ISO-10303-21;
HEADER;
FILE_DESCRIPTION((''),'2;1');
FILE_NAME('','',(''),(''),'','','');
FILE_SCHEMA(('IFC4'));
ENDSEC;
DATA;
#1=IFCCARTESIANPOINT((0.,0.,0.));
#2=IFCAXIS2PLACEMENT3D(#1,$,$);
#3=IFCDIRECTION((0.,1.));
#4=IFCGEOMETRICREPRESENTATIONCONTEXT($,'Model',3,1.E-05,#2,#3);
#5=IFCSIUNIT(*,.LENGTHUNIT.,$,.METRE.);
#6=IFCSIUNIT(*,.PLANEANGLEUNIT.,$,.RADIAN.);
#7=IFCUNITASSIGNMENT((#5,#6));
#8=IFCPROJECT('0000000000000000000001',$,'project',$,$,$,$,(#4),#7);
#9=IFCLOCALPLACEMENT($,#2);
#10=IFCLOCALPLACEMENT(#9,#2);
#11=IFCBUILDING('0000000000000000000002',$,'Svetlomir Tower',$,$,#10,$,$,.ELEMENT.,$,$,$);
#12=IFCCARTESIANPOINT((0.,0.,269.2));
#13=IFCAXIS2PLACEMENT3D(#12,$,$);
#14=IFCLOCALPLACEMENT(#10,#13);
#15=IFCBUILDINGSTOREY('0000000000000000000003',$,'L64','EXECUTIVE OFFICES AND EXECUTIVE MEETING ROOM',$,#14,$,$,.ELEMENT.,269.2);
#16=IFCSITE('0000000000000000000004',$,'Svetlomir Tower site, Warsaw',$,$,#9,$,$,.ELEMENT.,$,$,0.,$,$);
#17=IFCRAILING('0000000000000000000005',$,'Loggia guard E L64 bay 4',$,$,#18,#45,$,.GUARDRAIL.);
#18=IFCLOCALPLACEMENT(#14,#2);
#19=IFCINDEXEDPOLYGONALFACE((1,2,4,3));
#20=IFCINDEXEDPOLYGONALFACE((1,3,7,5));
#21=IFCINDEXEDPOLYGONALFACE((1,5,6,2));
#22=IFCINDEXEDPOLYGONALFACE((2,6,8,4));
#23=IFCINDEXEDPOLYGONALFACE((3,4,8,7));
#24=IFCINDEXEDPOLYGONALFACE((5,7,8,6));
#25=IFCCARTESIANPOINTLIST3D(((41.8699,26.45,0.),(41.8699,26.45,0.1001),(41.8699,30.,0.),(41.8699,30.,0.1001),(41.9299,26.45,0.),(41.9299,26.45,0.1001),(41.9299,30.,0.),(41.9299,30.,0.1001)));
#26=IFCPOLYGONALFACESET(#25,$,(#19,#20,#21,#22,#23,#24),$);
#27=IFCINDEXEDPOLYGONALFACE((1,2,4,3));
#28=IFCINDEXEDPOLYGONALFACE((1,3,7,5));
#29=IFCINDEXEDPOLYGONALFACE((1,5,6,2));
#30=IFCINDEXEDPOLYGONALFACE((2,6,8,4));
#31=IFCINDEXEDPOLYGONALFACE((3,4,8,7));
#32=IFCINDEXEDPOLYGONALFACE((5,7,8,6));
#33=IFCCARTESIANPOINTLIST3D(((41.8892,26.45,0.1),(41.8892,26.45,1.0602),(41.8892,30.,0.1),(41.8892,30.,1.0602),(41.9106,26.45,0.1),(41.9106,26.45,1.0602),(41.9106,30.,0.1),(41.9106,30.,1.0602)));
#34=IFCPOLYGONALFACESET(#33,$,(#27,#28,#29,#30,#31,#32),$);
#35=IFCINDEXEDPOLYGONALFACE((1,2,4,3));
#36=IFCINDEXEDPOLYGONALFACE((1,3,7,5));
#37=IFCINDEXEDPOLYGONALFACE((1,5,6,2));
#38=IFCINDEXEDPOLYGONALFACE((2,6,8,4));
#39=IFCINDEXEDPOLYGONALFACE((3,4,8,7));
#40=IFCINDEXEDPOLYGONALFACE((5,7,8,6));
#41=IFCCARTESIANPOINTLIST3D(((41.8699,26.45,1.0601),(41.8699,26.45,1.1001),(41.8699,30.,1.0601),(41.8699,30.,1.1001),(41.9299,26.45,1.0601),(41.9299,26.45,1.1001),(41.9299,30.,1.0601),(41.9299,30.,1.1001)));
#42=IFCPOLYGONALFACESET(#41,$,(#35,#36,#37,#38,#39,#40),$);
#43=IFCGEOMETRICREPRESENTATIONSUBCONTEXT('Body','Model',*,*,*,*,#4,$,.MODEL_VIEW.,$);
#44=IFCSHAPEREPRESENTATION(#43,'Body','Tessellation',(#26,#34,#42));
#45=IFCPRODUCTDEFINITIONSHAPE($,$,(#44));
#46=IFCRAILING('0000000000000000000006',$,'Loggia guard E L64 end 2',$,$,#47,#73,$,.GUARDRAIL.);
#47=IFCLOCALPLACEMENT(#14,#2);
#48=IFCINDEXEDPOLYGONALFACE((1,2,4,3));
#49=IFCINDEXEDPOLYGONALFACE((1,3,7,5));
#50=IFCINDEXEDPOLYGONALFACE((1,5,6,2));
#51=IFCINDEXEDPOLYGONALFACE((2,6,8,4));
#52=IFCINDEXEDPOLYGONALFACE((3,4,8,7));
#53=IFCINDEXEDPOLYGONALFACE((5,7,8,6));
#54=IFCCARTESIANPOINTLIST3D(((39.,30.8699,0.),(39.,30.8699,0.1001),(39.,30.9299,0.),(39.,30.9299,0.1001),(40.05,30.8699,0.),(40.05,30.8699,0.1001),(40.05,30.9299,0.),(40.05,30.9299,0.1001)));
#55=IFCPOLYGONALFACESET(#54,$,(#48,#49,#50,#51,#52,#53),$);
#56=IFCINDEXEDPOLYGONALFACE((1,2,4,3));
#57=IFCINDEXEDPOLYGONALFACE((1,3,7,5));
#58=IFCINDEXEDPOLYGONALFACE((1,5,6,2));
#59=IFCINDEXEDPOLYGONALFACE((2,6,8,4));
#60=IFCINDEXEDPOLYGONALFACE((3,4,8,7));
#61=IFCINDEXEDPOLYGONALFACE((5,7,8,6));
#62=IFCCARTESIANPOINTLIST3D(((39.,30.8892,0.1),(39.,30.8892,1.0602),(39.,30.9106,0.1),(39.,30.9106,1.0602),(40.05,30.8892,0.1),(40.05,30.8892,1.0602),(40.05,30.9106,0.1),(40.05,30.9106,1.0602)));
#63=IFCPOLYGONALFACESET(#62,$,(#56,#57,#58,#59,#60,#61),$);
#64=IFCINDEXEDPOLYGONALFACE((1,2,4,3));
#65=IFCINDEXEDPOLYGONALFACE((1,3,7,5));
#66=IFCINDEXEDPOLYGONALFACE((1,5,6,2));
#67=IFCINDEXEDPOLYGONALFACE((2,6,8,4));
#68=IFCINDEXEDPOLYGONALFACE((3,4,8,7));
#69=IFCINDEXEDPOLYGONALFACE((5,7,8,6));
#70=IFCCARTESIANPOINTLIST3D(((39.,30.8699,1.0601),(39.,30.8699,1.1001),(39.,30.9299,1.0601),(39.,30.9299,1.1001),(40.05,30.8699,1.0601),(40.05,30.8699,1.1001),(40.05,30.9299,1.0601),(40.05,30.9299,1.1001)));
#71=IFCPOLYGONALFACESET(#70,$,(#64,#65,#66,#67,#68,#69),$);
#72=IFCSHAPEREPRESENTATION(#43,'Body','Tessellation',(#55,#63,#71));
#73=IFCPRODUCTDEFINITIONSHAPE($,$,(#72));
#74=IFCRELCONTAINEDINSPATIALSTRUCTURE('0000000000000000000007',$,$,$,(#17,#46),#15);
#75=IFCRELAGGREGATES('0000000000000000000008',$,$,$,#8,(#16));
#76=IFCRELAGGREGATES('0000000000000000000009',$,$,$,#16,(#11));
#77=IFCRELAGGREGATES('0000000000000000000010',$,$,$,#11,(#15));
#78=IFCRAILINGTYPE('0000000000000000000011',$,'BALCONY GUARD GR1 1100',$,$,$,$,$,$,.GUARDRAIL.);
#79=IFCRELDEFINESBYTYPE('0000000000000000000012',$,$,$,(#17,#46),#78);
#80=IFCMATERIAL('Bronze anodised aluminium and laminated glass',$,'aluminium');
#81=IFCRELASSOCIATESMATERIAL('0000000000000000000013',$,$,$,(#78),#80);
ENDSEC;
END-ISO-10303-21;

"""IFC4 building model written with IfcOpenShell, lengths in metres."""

from ifc_helpers import new_model, si_unit, direction, frame, origin, origin_2d, place, context, subcontext, project, spatial, rectangle, extrude, material, type_object, element, save


model = new_model("IFC4")

# Units and contexts
model_context = context("Model", 3, precision=1e-05, world=origin(), true_north=direction((0.0, 1.0)))
body_context = subcontext(model_context, "Body", "Model", "MODEL_VIEW")
ifc_project = project(units=[si_unit("LENGTHUNIT", "METRE"), si_unit("PLANEANGLEUNIT", "RADIAN")], contexts=[model_context])

# Site, building, storey
site_placement = place(None, origin())
site = spatial("IfcSite", under=ifc_project, at=site_placement, Name="Svetlomir Tower site, Warsaw", CompositionType="ELEMENT", RefElevation=0.0)
building_placement = place(site_placement, origin())
building = spatial("IfcBuilding", under=site, at=building_placement, Name="Svetlomir Tower", CompositionType="ELEMENT")
storey_placement = place(building_placement, frame((0.0, 0.0, 269.2)))
storey = spatial("IfcBuildingStorey", under=building, at=storey_placement, Name="L64", Description="EXECUTIVE OFFICES AND EXECUTIVE MEETING ROOM", CompositionType="ELEMENT", Elevation=269.2)

# Railings
ifc_material_1 = material(Name="Bronze anodised aluminium and laminated glass", Category="aluminium")
railing_type = type_object("IfcRailingType", Name="BALCONY GUARD GR1 1100", PredefinedType="GUARDRAIL", material=ifc_material_1)
for number, where, name in (
    (1, (41.8999, 26.45, 0.0), "Loggia guard E L64 bay 4"),
):
    element("IfcRailing", number, at=place(storey_placement, frame(where)), inside=storey, type_object=railing_type, Name=name, PredefinedType="GUARDRAIL", context=body_context, shape_type="SweptSolid", body=[
        extrude(rectangle(XDim=0.0601, YDim=0.1001, at=origin_2d()), frame((0.0, 0.0, 0.05), z_axis=(0.0, 1.0, 0.0), x_axis=(-1.0, 0.0, 0.0)), (0.0, 0.0, 1.0), 3.55),
        extrude(rectangle(XDim=0.0215, YDim=0.9602, at=origin_2d()), frame((0.0, 0.0, 0.5801), z_axis=(0.0, 1.0, 0.0), x_axis=(-1.0, 0.0, 0.0)), (0.0, 0.0, 1.0), 3.55),
        extrude(rectangle(XDim=0.0601, YDim=0.04, at=origin_2d()), frame((0.0, 0.0, 1.0801), z_axis=(0.0, 1.0, 0.0), x_axis=(-1.0, 0.0, 0.0)), (0.0, 0.0, 1.0), 3.55),
    ])
railing_placement = place(storey_placement, frame((40.05, 30.8999, 0.0)))
element("IfcRailing", 2, at=railing_placement, inside=storey, type_object=railing_type, Name="Loggia guard E L64 end 2", PredefinedType="GUARDRAIL", context=body_context, shape_type="SweptSolid", body=[
    extrude(rectangle(XDim=0.0601, YDim=0.1001, at=origin_2d()), frame((0.0, 0.0, 0.05), z_axis=(-1.0, 0.0, 0.0), x_axis=(0.0, -1.0, 0.0)), (0.0, 0.0, 1.0), 1.05),
    extrude(rectangle(XDim=0.0215, YDim=0.9602, at=origin_2d()), frame((0.0, 0.0, 0.5801), z_axis=(-1.0, 0.0, 0.0), x_axis=(0.0, -1.0, 0.0)), (0.0, 0.0, 1.0), 1.05),
    extrude(rectangle(XDim=0.0601, YDim=0.04, at=origin_2d()), frame((0.0, 0.0, 1.0801), z_axis=(-1.0, 0.0, 0.0), x_axis=(0.0, -1.0, 0.0)), (0.0, 0.0, 1.0), 1.05),
])

save(model, "model.ifc")
